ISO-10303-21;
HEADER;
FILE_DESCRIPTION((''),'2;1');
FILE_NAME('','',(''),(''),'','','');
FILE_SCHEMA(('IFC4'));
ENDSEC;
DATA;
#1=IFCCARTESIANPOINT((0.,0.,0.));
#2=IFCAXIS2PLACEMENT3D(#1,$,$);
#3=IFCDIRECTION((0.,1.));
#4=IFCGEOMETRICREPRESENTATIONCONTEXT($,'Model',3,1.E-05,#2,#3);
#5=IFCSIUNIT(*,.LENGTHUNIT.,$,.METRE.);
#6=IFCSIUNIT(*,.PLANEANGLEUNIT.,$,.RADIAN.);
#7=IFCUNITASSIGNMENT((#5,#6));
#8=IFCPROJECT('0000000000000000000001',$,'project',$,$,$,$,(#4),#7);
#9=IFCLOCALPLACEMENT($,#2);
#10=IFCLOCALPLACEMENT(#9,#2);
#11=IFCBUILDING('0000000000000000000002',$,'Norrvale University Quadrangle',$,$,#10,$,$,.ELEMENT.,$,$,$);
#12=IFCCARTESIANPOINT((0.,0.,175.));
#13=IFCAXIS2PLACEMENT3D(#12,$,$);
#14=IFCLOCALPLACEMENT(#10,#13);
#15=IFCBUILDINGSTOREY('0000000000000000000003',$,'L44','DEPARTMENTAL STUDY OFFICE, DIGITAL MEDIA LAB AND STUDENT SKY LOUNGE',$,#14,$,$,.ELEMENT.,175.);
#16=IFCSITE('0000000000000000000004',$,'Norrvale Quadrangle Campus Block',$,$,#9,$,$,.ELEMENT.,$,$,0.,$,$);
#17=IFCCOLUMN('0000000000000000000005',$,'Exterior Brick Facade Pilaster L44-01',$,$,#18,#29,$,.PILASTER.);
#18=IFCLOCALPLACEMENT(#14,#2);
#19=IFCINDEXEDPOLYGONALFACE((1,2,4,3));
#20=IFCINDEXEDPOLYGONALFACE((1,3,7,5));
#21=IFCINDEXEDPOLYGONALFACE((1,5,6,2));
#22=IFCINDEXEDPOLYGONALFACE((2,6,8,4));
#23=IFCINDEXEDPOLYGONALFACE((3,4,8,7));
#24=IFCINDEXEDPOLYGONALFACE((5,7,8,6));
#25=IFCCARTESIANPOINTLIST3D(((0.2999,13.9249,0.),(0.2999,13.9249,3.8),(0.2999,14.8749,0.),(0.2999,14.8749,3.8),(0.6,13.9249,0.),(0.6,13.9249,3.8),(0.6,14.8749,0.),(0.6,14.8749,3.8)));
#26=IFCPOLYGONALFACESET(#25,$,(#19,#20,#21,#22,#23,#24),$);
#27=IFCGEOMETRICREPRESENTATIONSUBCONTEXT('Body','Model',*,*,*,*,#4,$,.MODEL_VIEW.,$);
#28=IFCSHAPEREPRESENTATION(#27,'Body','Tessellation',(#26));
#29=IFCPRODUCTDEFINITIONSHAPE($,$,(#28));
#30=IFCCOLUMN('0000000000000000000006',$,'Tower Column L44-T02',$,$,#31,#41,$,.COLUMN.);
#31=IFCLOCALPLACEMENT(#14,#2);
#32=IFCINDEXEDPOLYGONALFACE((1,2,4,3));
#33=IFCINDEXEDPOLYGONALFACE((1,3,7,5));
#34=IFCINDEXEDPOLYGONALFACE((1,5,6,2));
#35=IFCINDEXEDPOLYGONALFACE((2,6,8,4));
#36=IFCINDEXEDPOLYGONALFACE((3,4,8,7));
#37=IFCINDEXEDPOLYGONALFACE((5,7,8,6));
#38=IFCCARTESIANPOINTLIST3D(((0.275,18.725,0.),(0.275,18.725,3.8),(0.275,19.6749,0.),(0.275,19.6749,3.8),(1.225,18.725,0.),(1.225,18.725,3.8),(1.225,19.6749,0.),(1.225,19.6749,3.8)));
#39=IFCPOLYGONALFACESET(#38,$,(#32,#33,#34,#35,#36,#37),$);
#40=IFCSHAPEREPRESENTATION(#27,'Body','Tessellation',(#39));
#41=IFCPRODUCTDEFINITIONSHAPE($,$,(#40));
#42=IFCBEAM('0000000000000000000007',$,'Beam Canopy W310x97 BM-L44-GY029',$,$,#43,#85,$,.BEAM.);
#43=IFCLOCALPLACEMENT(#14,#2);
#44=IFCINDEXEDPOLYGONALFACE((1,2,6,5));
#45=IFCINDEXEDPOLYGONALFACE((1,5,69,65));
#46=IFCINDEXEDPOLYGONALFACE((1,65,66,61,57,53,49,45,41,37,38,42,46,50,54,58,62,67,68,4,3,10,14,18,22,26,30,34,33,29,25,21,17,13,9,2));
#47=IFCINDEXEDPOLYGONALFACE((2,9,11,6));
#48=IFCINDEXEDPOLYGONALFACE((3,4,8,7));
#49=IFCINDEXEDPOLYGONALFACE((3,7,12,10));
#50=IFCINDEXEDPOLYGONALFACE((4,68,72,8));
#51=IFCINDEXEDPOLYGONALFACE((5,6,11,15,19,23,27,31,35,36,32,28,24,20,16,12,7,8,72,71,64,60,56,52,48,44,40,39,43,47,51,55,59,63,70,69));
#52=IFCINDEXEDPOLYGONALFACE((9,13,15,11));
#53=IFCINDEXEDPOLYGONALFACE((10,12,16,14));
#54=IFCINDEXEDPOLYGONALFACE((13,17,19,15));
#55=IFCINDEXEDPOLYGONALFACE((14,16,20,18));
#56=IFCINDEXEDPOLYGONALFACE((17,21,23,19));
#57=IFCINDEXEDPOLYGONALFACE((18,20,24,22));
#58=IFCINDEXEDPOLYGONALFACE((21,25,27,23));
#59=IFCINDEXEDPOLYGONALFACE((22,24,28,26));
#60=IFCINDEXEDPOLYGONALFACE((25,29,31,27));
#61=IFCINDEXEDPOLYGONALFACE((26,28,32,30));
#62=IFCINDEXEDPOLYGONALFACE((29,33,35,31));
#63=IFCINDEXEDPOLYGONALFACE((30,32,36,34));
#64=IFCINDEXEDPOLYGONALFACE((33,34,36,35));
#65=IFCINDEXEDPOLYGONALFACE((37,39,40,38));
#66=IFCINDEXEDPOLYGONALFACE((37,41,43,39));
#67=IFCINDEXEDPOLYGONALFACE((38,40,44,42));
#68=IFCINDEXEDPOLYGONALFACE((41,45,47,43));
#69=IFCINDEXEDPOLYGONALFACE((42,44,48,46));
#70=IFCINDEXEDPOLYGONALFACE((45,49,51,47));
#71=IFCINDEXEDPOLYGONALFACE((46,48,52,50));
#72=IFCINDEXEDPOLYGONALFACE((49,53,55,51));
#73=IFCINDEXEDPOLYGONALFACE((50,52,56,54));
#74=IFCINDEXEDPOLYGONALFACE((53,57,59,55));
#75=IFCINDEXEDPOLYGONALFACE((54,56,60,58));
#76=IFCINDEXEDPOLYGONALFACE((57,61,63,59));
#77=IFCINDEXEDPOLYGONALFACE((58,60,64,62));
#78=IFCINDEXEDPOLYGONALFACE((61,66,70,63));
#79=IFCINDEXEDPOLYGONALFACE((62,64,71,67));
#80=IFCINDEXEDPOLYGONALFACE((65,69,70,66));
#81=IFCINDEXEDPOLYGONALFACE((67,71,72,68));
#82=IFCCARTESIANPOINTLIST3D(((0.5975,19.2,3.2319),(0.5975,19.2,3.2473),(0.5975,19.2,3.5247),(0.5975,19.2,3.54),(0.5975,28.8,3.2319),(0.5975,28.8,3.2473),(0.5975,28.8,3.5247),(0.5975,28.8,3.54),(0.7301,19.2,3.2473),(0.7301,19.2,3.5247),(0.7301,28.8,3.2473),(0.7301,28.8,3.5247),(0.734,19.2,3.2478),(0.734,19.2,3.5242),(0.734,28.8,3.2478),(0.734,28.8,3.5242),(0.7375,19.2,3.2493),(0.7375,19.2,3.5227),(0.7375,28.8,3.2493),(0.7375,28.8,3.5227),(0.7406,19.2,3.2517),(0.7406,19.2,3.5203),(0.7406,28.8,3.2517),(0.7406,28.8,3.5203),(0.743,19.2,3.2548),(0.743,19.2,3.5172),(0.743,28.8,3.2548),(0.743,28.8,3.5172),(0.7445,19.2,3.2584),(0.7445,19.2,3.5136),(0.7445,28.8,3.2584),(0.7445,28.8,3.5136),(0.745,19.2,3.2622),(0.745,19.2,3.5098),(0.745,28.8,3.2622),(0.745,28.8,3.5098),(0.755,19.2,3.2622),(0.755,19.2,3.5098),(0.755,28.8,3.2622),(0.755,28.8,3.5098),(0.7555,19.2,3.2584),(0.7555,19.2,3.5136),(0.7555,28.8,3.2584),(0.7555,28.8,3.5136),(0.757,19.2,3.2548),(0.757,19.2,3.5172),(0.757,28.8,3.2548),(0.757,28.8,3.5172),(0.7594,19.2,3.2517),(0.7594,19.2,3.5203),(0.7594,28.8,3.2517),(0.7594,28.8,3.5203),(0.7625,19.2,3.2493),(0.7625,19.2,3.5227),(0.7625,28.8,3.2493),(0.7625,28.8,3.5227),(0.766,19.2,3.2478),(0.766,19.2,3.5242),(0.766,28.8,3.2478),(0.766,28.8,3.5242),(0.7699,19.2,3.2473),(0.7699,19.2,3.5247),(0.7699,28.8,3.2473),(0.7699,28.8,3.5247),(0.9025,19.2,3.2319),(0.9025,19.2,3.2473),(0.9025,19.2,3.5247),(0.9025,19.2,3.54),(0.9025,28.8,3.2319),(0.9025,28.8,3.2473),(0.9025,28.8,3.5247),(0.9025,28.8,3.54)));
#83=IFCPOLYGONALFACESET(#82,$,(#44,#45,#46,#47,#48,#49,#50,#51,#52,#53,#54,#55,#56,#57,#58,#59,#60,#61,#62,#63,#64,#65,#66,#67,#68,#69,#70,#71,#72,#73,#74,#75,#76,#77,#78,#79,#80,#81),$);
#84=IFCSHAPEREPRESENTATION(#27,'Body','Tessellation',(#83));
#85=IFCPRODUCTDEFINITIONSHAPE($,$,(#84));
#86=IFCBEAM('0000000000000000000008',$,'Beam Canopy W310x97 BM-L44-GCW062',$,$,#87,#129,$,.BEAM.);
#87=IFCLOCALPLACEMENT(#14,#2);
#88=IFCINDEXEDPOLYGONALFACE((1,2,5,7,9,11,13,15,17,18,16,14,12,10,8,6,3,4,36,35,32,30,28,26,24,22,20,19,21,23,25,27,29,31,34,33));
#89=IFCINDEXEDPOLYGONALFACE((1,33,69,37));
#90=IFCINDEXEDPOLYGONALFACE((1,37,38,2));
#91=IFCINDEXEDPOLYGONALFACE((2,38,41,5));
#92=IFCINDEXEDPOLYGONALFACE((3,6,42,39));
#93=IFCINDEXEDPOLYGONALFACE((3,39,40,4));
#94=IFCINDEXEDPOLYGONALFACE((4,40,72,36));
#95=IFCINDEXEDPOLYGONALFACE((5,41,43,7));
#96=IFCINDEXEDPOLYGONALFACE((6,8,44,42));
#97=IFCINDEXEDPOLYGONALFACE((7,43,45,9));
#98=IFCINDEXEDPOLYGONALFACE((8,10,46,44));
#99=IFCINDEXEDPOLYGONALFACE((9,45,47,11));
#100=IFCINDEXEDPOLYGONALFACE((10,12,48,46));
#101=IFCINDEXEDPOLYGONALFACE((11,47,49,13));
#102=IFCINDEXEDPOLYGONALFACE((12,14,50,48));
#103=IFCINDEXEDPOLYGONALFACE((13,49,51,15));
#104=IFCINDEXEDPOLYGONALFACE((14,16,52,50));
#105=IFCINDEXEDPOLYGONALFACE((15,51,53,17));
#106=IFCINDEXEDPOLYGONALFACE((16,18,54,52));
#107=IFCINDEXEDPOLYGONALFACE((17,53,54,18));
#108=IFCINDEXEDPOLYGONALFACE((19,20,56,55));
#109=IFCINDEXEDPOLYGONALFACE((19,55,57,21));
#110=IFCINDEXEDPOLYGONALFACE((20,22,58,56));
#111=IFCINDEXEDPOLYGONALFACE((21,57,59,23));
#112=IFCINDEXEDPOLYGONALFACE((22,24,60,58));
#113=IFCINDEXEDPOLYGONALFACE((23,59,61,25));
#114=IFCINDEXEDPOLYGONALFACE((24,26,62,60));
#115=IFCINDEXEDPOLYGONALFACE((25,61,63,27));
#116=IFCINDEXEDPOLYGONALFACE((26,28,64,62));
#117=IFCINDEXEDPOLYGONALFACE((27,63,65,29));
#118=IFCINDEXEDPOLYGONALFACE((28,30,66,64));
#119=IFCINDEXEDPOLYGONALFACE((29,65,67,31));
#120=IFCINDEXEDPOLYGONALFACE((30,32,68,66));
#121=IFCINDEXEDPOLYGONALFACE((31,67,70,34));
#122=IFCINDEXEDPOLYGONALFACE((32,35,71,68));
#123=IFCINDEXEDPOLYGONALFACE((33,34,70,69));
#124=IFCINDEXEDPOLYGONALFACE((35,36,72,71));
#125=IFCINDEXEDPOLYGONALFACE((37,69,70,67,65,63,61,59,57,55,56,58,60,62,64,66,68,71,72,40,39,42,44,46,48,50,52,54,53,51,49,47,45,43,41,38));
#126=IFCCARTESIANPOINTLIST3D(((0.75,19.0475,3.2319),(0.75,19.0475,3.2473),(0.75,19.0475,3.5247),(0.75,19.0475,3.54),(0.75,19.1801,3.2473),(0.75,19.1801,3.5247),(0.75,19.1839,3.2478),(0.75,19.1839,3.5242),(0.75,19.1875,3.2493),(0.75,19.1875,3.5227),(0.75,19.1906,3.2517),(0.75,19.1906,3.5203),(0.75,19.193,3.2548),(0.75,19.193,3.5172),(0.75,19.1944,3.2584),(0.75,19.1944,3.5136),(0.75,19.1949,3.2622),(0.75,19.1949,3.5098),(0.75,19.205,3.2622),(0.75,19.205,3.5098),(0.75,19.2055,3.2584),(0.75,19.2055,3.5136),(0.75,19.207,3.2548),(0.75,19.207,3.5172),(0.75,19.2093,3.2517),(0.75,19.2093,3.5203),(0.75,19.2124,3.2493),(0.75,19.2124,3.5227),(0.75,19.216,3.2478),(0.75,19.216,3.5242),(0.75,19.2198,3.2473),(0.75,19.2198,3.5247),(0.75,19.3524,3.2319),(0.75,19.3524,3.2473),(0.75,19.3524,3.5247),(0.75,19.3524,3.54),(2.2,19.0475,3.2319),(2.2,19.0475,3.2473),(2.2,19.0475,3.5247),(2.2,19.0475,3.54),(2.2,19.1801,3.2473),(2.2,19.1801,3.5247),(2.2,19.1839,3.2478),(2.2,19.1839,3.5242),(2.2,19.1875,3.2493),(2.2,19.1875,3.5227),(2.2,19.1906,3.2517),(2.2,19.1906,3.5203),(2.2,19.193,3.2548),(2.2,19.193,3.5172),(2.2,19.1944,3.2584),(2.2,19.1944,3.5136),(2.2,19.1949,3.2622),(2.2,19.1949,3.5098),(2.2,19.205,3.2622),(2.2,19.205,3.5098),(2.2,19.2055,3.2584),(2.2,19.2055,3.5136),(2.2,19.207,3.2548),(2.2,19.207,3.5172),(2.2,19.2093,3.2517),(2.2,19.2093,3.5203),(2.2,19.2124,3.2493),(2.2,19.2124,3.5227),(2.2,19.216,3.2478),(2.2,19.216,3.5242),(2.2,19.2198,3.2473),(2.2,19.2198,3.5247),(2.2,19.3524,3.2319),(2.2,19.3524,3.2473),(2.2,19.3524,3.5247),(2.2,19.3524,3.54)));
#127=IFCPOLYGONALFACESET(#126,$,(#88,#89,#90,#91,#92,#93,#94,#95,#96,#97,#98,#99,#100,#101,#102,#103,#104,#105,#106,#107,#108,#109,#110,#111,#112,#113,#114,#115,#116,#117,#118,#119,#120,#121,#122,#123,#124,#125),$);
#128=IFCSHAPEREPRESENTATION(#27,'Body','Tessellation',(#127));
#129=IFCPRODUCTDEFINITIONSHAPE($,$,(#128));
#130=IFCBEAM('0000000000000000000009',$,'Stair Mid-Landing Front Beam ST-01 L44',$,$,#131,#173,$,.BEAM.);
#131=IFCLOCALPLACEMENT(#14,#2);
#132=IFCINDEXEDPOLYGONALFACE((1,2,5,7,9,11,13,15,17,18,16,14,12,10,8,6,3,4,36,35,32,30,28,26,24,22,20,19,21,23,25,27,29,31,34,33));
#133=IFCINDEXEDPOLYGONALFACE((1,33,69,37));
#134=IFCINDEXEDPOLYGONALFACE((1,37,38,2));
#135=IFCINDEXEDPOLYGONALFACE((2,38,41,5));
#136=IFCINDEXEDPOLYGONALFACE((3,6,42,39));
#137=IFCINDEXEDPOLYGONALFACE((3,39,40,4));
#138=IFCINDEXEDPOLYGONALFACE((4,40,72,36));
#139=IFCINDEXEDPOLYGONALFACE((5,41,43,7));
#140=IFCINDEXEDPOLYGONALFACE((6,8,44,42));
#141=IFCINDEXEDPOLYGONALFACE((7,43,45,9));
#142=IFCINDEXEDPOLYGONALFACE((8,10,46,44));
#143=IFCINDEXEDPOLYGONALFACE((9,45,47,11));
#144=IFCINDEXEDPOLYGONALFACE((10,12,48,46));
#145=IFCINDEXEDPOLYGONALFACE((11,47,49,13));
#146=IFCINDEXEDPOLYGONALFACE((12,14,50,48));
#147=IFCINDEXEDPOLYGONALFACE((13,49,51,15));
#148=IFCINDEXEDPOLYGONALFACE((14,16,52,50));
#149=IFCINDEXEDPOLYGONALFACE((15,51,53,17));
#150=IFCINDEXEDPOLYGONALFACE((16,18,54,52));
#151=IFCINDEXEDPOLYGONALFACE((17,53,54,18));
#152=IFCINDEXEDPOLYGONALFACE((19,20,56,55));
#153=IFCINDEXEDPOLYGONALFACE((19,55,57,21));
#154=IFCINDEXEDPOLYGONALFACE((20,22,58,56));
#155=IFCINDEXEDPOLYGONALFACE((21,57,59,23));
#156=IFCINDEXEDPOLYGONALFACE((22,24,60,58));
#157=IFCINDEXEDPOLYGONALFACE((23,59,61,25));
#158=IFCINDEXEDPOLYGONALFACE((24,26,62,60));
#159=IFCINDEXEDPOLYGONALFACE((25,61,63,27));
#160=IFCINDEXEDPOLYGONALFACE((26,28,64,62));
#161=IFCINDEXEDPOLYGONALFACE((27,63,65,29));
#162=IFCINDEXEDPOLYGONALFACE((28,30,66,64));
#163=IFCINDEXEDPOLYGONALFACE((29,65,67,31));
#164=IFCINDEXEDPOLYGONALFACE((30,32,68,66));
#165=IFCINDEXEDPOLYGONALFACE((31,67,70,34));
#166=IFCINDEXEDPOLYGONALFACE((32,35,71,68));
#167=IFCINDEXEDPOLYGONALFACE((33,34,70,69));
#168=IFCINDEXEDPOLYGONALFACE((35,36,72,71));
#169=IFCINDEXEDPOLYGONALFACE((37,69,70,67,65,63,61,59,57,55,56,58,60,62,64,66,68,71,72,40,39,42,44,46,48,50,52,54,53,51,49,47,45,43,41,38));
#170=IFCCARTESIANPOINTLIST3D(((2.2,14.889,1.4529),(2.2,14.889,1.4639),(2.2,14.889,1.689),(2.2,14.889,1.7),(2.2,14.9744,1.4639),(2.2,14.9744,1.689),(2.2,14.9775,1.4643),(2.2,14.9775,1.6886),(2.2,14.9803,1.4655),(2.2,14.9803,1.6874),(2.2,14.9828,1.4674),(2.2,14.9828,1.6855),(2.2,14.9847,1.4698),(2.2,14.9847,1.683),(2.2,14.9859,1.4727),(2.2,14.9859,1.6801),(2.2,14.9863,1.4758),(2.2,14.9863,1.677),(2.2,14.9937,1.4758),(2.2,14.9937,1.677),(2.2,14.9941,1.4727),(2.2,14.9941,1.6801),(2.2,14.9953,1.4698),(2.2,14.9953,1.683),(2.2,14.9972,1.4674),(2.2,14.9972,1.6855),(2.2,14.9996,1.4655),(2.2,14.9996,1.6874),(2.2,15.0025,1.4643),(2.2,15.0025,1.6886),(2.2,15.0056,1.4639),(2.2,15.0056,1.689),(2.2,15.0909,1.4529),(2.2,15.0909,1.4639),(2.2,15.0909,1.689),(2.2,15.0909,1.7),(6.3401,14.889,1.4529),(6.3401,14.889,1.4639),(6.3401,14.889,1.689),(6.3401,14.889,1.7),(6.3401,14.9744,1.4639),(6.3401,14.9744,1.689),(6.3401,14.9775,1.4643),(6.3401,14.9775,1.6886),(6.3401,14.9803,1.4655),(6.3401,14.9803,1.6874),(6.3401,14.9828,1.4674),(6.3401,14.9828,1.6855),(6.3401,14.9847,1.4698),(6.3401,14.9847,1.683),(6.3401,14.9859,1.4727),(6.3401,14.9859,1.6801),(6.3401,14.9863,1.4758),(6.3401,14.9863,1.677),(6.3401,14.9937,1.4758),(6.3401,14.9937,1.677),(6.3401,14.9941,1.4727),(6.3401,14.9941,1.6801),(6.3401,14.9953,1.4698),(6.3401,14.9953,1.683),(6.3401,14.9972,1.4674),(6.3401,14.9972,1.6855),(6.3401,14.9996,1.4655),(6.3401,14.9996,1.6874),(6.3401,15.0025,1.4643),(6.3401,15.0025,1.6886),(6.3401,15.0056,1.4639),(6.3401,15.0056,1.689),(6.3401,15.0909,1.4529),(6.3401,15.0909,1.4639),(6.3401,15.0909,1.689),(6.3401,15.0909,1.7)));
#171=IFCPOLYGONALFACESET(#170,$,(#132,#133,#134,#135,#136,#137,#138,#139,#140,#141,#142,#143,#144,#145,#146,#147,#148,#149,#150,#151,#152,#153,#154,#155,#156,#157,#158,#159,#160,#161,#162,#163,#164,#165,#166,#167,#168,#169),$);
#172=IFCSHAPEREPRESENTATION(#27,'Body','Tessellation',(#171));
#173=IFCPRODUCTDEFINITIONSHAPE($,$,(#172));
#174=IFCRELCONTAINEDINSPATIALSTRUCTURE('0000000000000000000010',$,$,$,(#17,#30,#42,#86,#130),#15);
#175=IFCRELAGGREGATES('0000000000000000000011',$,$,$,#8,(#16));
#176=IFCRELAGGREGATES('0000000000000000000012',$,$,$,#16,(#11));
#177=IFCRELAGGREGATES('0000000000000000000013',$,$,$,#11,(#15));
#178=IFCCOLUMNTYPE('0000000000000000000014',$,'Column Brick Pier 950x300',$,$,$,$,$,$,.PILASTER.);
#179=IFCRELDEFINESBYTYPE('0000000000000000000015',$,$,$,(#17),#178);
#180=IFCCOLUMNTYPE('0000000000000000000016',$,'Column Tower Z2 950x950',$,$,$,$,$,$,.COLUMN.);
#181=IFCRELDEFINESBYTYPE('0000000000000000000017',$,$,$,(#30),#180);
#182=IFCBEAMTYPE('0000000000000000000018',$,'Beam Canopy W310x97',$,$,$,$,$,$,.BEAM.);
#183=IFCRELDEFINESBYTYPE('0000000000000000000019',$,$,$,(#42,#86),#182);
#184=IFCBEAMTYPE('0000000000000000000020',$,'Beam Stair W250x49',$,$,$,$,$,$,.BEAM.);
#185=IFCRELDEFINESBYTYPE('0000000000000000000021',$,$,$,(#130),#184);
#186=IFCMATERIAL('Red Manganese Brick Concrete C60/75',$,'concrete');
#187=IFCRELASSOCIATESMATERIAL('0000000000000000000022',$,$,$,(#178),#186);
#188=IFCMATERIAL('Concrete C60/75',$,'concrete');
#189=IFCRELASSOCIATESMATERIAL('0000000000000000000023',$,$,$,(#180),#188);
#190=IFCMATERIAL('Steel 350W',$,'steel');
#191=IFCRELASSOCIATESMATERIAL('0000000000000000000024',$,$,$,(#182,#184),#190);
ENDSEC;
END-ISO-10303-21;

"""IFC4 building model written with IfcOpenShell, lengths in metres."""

from ifc_helpers import new_model, si_unit, direction, frame, origin, origin_2d, place, context, subcontext, project, spatial, rectangle, i_section, extrude, material, material_profile, profile_set, type_object, element, save


model = new_model("IFC4")

# Units and contexts
model_context = context("Model", 3, precision=1e-05, world=origin(), true_north=direction((0.0, 1.0)))
body_context = subcontext(model_context, "Body", "Model", "MODEL_VIEW")
ifc_project = project(units=[si_unit("LENGTHUNIT", "METRE"), si_unit("PLANEANGLEUNIT", "RADIAN")], contexts=[model_context])

# Site, building, storey
site_placement = place(None, origin())
site = spatial("IfcSite", under=ifc_project, at=site_placement, Name="Norrvale Quadrangle Campus Block", CompositionType="ELEMENT", RefElevation=0.0)
building_placement = place(site_placement, origin())
building = spatial("IfcBuilding", under=site, at=building_placement, Name="Norrvale University Quadrangle", CompositionType="ELEMENT")
storey_placement = place(building_placement, frame((0.0, 0.0, 175.0)))
storey = spatial("IfcBuildingStorey", under=building, at=storey_placement, Name="L44", Description="DEPARTMENTAL STUDY OFFICE, DIGITAL MEDIA LAB AND STUDENT SKY LOUNGE", CompositionType="ELEMENT", Elevation=175.0)

# Columns
ifc_material_1 = material(Name="Red Manganese Brick Concrete C60/75", Category="concrete")
ifc_material_profile_1 = material_profile(ifc_material_1, rectangle(XDim=0.95, YDim=0.3, at=origin_2d()), Name="Red Manganese Brick Concrete C60/75")
ifc_profile_set_1 = profile_set([ifc_material_profile_1], Name="Red Manganese Brick Concrete C60/75")
column_type_1 = type_object("IfcColumnType", Name="Column Brick Pier 950x300", PredefinedType="PILASTER", material=ifc_profile_set_1)
column_1_placement = place(storey_placement, frame((0.45, 14.3999, 0.0), z_axis=(0.0, 0.0, 1.0), x_axis=(0.0, 1.0, 0.0)))
element("IfcColumn", 1, at=column_1_placement, inside=storey, type_object=column_type_1, Name="Exterior Brick Facade Pilaster L44-01", PredefinedType="PILASTER", context=body_context, shape_type="SweptSolid", body=[
    extrude(rectangle(XDim=0.95, YDim=0.3, at=origin_2d()), origin(), (0.0, 0.0, 1.0), 3.8),
])
ifc_material_2 = material(Name="Concrete C60/75", Category="concrete")
ifc_material_profile_2 = material_profile(ifc_material_2, rectangle(XDim=0.95, YDim=0.95, at=origin_2d()), Name="Concrete C60/75")
ifc_profile_set_2 = profile_set([ifc_material_profile_2], Name="Concrete C60/75")
column_type_2 = type_object("IfcColumnType", Name="Column Tower Z2 950x950", PredefinedType="COLUMN", material=ifc_profile_set_2)
column_2_placement = place(storey_placement, frame((0.75, 19.2, 0.0), z_axis=(0.0, 0.0, 1.0), x_axis=(1.0, 0.0, 0.0)))
element("IfcColumn", 2, at=column_2_placement, inside=storey, type_object=column_type_2, Name="Tower Column L44-T02", PredefinedType="COLUMN", context=body_context, shape_type="SweptSolid", body=[
    extrude(rectangle(XDim=0.95, YDim=0.95, at=origin_2d()), origin(), (0.0, 0.0, 1.0), 3.8),
])

# Beams
ifc_material_3 = material(Name="Steel 350W", Category="steel")
ifc_material_profile_3 = material_profile(ifc_material_3, i_section(OverallWidth=0.3049, OverallDepth=0.3081, WebThickness=0.01, FlangeThickness=0.0154, FilletRadius=0.0149, at=origin_2d()), Name="Steel 350W")
ifc_profile_set_3 = profile_set([ifc_material_profile_3], Name="Steel 350W")
beam_type_1 = type_object("IfcBeamType", Name="Beam Canopy W310x97", PredefinedType="BEAM", material=ifc_profile_set_3)
beam_1_placement = place(storey_placement, frame((0.75, 19.2, 3.386), z_axis=(0.0, 1.0, 0.0), x_axis=(-1.0, 0.0, 0.0)))
element("IfcBeam", 3, at=beam_1_placement, inside=storey, type_object=beam_type_1, Name="Beam Canopy W310x97 BM-L44-GY029", PredefinedType="BEAM", context=body_context, shape_type="SweptSolid", body=[
    extrude(i_section(OverallWidth=0.3049, OverallDepth=0.3081, WebThickness=0.01, FlangeThickness=0.0154, FilletRadius=0.0149, at=origin_2d()), origin(), (0.0, 0.0, 1.0), 9.6001),
])
beam_2_placement = place(storey_placement, frame((0.75, 19.2, 3.386), z_axis=(1.0, 0.0, 0.0), x_axis=(0.0, 1.0, 0.0)))
element("IfcBeam", 4, at=beam_2_placement, inside=storey, type_object=beam_type_1, Name="Beam Canopy W310x97 BM-L44-GCW062", PredefinedType="BEAM", context=body_context, shape_type="SweptSolid", body=[
    extrude(i_section(OverallWidth=0.3049, OverallDepth=0.3081, WebThickness=0.01, FlangeThickness=0.0154, FilletRadius=0.0149, at=origin_2d()), origin(), (0.0, 0.0, 1.0), 1.45),
])
ifc_material_profile_4 = material_profile(ifc_material_3, i_section(OverallWidth=0.2019, OverallDepth=0.2471, WebThickness=0.0073, FlangeThickness=0.011, FilletRadius=0.012, at=origin_2d()), Name="Steel 350W")
ifc_profile_set_4 = profile_set([ifc_material_profile_4], Name="Steel 350W")
beam_type_2 = type_object("IfcBeamType", Name="Beam Stair W250x49", PredefinedType="BEAM", material=ifc_profile_set_4)
for number, where, z_axis, x_axis, name in (
    (5, (2.2, 14.99, 1.5764), (1.0, 0.0, 0.0), (0.0, 1.0, 0.0), "Stair Mid-Landing Front Beam ST-01 L44"),
):
    element("IfcBeam", number, at=place(storey_placement, frame(where, z_axis=z_axis, x_axis=x_axis)), inside=storey, type_object=beam_type_2, Name=name, PredefinedType="BEAM", context=body_context, shape_type="SweptSolid", body=[
        extrude(i_section(OverallWidth=0.2019, OverallDepth=0.2471, WebThickness=0.0073, FlangeThickness=0.011, FilletRadius=0.012, at=origin_2d()), origin(), (0.0, 0.0, 1.0), 4.1401),
    ])

save(model, "model.ifc")
